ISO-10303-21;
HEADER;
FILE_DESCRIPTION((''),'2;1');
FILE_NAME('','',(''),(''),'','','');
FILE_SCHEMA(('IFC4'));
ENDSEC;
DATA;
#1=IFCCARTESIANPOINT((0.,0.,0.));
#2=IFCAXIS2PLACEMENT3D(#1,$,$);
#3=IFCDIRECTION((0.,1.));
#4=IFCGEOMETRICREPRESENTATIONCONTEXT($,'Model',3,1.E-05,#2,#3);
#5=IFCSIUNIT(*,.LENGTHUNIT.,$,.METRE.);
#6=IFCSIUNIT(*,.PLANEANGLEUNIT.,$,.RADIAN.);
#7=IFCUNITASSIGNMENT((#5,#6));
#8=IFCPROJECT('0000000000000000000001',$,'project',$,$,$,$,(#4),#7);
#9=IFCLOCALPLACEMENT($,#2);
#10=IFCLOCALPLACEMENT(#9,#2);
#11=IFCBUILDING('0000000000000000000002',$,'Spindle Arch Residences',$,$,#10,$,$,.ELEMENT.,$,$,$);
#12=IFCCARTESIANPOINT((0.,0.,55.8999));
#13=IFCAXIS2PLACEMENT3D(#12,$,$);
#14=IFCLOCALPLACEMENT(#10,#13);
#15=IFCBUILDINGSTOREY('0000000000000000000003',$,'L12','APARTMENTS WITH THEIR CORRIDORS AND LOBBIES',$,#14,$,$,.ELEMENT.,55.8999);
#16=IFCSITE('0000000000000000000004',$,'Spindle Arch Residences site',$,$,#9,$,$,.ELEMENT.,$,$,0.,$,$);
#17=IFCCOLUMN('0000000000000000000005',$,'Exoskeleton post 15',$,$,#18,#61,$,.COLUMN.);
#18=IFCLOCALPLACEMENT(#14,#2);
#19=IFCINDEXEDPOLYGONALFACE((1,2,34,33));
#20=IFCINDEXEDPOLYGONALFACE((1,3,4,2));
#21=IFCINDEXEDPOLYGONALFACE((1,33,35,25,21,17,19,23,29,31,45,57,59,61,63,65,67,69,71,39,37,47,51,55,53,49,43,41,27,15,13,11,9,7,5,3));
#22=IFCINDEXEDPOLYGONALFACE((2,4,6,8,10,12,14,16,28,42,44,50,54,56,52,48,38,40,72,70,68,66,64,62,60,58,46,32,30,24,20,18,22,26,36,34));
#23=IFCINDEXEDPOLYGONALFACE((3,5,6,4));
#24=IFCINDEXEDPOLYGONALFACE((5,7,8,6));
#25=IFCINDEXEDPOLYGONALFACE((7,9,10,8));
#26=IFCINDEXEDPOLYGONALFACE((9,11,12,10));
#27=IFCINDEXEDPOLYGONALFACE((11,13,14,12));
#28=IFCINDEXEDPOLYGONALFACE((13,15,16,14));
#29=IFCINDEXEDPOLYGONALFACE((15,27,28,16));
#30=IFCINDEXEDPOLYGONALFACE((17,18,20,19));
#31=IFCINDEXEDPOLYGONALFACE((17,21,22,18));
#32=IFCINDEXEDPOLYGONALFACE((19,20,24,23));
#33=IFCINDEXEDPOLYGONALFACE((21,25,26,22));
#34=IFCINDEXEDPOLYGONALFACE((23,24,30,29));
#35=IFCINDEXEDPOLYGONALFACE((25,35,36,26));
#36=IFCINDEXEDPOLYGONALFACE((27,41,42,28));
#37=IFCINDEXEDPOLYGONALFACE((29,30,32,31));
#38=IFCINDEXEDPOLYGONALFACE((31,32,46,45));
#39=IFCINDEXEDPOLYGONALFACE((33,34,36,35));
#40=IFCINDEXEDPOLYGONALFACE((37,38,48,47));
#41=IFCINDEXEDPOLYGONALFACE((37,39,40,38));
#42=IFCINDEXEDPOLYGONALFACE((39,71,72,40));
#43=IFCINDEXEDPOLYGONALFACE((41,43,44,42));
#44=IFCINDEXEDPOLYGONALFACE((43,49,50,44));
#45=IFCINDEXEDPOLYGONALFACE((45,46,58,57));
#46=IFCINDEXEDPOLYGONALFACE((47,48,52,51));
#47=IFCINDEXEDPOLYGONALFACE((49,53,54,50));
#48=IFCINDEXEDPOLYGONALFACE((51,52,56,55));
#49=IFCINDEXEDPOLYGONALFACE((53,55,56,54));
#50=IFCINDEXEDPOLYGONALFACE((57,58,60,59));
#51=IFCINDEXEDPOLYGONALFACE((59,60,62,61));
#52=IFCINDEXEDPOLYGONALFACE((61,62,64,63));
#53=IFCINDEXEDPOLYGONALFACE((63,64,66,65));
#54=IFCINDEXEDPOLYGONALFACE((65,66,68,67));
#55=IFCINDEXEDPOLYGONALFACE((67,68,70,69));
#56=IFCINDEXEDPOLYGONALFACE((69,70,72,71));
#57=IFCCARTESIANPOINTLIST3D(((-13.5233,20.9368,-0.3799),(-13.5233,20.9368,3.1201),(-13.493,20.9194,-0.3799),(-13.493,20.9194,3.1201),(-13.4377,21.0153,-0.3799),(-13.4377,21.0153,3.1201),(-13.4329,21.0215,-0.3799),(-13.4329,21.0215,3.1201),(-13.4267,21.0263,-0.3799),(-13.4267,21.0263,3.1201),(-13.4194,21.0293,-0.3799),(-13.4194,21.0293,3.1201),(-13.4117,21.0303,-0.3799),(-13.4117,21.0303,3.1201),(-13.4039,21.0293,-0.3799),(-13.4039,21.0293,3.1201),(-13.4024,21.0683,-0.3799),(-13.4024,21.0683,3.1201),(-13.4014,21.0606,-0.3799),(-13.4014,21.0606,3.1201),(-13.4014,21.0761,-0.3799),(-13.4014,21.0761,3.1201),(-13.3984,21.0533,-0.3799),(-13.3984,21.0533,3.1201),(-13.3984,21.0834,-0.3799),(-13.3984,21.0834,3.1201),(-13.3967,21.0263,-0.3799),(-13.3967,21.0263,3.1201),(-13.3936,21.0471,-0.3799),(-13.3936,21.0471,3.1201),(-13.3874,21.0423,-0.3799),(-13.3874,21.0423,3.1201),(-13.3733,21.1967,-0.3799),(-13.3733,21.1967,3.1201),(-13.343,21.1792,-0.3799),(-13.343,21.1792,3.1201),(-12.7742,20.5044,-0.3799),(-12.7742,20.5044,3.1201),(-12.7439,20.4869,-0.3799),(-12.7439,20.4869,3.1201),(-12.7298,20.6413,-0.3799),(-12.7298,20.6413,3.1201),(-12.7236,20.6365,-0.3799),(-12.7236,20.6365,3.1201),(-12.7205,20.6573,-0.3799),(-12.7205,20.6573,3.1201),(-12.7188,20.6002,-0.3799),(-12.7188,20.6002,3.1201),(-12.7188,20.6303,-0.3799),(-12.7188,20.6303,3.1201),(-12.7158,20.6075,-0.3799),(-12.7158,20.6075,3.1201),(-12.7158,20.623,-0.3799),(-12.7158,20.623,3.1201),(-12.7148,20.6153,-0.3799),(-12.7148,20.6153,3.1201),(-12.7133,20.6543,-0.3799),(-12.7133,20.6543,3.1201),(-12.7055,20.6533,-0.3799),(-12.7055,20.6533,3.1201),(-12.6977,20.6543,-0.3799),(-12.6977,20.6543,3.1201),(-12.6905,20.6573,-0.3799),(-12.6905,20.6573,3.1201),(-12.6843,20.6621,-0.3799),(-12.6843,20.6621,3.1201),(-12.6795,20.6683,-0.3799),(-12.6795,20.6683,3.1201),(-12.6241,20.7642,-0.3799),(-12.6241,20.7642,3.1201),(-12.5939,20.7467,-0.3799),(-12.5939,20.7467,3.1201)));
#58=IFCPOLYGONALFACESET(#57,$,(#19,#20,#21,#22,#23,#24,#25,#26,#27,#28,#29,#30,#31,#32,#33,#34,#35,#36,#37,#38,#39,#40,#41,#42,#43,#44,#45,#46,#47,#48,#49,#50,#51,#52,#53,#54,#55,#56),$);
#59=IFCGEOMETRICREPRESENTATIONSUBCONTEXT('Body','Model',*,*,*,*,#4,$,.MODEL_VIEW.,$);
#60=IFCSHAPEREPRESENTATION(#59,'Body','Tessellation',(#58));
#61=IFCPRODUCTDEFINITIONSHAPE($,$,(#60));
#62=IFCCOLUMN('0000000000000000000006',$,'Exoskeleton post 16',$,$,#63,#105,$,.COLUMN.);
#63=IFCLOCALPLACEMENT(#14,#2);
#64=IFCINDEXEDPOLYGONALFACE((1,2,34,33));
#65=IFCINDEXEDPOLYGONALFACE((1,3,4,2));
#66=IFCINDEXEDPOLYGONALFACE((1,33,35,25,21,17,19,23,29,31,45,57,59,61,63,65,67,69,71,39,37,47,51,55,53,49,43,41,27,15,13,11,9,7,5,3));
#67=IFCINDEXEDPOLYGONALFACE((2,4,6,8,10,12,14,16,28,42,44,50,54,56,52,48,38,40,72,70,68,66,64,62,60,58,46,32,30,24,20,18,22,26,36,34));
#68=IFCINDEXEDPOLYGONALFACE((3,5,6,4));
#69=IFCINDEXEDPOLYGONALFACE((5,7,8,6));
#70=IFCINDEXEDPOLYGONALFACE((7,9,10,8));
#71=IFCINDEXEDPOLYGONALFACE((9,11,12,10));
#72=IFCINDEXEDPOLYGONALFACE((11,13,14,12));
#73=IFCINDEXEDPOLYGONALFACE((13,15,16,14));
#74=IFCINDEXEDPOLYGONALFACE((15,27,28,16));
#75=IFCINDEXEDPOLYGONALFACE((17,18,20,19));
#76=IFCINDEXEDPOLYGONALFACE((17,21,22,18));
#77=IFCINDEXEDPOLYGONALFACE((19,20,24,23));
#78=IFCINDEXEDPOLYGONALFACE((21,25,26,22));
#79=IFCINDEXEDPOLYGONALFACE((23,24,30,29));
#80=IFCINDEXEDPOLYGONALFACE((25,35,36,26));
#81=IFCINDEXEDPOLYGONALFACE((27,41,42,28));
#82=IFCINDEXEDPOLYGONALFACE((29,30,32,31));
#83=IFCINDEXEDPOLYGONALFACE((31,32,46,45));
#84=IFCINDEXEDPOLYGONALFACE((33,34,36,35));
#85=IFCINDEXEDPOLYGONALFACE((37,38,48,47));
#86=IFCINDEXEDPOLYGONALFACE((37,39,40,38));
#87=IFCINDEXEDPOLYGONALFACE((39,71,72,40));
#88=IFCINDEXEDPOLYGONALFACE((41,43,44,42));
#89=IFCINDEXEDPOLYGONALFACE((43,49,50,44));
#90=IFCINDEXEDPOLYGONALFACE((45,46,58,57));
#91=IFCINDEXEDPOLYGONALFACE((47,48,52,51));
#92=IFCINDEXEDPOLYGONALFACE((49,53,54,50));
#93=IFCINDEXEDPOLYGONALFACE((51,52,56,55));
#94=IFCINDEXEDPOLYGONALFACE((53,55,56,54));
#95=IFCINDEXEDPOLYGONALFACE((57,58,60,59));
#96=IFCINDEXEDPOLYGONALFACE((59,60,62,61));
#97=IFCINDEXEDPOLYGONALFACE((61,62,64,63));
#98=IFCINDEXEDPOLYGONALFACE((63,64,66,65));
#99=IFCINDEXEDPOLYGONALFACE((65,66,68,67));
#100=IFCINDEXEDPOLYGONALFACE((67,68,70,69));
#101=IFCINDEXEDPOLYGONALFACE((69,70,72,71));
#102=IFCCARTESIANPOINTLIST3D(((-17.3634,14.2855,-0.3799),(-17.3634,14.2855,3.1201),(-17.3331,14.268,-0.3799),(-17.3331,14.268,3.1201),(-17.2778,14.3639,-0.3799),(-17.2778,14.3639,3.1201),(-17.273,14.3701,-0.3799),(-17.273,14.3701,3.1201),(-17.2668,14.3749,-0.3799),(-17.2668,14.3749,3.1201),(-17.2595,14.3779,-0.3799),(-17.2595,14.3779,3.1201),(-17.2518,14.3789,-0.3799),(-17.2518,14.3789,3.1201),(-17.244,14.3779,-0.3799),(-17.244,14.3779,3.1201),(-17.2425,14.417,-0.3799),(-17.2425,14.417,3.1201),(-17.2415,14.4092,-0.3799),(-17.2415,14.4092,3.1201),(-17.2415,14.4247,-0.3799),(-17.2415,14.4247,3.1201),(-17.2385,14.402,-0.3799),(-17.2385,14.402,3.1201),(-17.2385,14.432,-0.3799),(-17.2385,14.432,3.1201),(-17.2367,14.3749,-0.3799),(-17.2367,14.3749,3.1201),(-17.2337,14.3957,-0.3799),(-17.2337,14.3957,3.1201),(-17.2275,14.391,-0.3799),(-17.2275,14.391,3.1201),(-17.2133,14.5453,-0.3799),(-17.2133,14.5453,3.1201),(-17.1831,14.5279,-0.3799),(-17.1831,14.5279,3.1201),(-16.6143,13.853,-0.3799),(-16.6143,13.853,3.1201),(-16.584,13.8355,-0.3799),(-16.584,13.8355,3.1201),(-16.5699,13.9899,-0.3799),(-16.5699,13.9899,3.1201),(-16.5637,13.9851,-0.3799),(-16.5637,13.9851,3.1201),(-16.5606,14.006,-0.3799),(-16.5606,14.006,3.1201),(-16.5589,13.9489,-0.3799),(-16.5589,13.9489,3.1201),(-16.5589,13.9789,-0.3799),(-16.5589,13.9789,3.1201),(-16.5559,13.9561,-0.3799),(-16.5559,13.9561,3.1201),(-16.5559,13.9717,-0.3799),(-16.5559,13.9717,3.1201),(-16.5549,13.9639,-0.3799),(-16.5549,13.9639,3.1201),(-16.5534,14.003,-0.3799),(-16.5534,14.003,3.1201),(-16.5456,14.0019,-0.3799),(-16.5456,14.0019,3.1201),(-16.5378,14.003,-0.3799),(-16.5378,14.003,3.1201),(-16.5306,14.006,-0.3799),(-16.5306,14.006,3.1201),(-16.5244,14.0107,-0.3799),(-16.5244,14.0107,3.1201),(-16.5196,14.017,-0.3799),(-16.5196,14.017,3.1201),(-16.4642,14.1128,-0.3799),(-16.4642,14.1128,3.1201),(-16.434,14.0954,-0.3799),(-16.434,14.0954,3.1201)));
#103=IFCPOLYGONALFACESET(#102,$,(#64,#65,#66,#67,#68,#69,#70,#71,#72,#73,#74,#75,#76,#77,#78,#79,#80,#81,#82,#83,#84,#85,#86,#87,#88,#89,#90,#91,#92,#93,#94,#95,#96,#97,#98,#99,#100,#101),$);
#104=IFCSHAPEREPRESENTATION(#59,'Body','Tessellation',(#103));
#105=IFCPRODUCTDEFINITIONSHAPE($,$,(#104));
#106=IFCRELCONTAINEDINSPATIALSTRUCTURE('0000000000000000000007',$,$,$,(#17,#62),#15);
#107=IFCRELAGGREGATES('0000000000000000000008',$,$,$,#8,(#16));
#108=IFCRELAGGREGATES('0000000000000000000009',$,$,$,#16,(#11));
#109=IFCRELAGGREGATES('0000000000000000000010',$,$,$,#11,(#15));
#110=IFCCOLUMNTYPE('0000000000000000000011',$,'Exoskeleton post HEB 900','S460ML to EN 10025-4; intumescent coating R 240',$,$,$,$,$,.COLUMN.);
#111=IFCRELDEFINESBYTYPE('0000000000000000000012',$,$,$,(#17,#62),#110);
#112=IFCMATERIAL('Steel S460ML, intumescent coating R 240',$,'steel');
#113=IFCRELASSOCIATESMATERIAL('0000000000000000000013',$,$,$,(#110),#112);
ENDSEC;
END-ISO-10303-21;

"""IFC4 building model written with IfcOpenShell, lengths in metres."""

from ifc_helpers import new_model, si_unit, direction, frame, origin, origin_2d, place, context, subcontext, project, spatial, i_section, extrude, material, material_profile, profile_set, type_object, element, save


model = new_model("IFC4")

# Units and contexts
model_context = context("Model", 3, precision=1e-05, world=origin(), true_north=direction((0.0, 1.0)))
body_context = subcontext(model_context, "Body", "Model", "MODEL_VIEW")
ifc_project = project(units=[si_unit("LENGTHUNIT", "METRE"), si_unit("PLANEANGLEUNIT", "RADIAN")], contexts=[model_context])

# Site, building, storey
site_placement = place(None, origin())
site = spatial("IfcSite", under=ifc_project, at=site_placement, Name="Spindle Arch Residences site", CompositionType="ELEMENT", RefElevation=0.0)
building_placement = place(site_placement, origin())
building = spatial("IfcBuilding", under=site, at=building_placement, Name="Spindle Arch Residences", CompositionType="ELEMENT")
storey_placement = place(building_placement, frame((0.0, 0.0, 55.8999)))
storey = spatial("IfcBuildingStorey", under=building, at=storey_placement, Name="L12", Description="APARTMENTS WITH THEIR CORRIDORS AND LOBBIES", CompositionType="ELEMENT", Elevation=55.8999)

# Columns
ifc_material_1 = material(Name="Steel S460ML, intumescent coating R 240", Category="steel")
ifc_material_profile_1 = material_profile(ifc_material_1, i_section(OverallWidth=0.3, OverallDepth=0.8999, WebThickness=0.0186, FlangeThickness=0.0349, FilletRadius=0.03, at=origin_2d()), Name="HEB 900")
ifc_profile_set_1 = profile_set([ifc_material_profile_1], Name="Steel S460ML, intumescent coating R 240")
column_type_1 = type_object("IfcColumnType", Name="Exoskeleton post HEB 900", Description="S460ML to EN 10025-4; intumescent coating R 240", PredefinedType="COLUMN", material=ifc_profile_set_1)
for number, where, z_axis, x_axis, name in (
    (1, (-13.0586, 20.8418, -0.3799), (0.0, 0.0, 1.0), (0.5, 0.866025, 0.0), "Exoskeleton post 15"),
    (2, (-16.8987, 14.1904, -0.3799), (0.0, 0.0, 1.0), (0.5, 0.866025, 0.0), "Exoskeleton post 16"),
):
    element("IfcColumn", number, at=place(storey_placement, frame(where, z_axis=z_axis, x_axis=x_axis)), inside=storey, type_object=column_type_1, Name=name, PredefinedType="COLUMN", context=body_context, shape_type="SweptSolid", body=[
        extrude(i_section(OverallWidth=0.3, OverallDepth=0.8999, WebThickness=0.0186, FlangeThickness=0.0349, FilletRadius=0.03, at=origin_2d()), origin(), (0.0, 0.0, 1.0), 3.5),
    ])

save(model, "model.ifc")
